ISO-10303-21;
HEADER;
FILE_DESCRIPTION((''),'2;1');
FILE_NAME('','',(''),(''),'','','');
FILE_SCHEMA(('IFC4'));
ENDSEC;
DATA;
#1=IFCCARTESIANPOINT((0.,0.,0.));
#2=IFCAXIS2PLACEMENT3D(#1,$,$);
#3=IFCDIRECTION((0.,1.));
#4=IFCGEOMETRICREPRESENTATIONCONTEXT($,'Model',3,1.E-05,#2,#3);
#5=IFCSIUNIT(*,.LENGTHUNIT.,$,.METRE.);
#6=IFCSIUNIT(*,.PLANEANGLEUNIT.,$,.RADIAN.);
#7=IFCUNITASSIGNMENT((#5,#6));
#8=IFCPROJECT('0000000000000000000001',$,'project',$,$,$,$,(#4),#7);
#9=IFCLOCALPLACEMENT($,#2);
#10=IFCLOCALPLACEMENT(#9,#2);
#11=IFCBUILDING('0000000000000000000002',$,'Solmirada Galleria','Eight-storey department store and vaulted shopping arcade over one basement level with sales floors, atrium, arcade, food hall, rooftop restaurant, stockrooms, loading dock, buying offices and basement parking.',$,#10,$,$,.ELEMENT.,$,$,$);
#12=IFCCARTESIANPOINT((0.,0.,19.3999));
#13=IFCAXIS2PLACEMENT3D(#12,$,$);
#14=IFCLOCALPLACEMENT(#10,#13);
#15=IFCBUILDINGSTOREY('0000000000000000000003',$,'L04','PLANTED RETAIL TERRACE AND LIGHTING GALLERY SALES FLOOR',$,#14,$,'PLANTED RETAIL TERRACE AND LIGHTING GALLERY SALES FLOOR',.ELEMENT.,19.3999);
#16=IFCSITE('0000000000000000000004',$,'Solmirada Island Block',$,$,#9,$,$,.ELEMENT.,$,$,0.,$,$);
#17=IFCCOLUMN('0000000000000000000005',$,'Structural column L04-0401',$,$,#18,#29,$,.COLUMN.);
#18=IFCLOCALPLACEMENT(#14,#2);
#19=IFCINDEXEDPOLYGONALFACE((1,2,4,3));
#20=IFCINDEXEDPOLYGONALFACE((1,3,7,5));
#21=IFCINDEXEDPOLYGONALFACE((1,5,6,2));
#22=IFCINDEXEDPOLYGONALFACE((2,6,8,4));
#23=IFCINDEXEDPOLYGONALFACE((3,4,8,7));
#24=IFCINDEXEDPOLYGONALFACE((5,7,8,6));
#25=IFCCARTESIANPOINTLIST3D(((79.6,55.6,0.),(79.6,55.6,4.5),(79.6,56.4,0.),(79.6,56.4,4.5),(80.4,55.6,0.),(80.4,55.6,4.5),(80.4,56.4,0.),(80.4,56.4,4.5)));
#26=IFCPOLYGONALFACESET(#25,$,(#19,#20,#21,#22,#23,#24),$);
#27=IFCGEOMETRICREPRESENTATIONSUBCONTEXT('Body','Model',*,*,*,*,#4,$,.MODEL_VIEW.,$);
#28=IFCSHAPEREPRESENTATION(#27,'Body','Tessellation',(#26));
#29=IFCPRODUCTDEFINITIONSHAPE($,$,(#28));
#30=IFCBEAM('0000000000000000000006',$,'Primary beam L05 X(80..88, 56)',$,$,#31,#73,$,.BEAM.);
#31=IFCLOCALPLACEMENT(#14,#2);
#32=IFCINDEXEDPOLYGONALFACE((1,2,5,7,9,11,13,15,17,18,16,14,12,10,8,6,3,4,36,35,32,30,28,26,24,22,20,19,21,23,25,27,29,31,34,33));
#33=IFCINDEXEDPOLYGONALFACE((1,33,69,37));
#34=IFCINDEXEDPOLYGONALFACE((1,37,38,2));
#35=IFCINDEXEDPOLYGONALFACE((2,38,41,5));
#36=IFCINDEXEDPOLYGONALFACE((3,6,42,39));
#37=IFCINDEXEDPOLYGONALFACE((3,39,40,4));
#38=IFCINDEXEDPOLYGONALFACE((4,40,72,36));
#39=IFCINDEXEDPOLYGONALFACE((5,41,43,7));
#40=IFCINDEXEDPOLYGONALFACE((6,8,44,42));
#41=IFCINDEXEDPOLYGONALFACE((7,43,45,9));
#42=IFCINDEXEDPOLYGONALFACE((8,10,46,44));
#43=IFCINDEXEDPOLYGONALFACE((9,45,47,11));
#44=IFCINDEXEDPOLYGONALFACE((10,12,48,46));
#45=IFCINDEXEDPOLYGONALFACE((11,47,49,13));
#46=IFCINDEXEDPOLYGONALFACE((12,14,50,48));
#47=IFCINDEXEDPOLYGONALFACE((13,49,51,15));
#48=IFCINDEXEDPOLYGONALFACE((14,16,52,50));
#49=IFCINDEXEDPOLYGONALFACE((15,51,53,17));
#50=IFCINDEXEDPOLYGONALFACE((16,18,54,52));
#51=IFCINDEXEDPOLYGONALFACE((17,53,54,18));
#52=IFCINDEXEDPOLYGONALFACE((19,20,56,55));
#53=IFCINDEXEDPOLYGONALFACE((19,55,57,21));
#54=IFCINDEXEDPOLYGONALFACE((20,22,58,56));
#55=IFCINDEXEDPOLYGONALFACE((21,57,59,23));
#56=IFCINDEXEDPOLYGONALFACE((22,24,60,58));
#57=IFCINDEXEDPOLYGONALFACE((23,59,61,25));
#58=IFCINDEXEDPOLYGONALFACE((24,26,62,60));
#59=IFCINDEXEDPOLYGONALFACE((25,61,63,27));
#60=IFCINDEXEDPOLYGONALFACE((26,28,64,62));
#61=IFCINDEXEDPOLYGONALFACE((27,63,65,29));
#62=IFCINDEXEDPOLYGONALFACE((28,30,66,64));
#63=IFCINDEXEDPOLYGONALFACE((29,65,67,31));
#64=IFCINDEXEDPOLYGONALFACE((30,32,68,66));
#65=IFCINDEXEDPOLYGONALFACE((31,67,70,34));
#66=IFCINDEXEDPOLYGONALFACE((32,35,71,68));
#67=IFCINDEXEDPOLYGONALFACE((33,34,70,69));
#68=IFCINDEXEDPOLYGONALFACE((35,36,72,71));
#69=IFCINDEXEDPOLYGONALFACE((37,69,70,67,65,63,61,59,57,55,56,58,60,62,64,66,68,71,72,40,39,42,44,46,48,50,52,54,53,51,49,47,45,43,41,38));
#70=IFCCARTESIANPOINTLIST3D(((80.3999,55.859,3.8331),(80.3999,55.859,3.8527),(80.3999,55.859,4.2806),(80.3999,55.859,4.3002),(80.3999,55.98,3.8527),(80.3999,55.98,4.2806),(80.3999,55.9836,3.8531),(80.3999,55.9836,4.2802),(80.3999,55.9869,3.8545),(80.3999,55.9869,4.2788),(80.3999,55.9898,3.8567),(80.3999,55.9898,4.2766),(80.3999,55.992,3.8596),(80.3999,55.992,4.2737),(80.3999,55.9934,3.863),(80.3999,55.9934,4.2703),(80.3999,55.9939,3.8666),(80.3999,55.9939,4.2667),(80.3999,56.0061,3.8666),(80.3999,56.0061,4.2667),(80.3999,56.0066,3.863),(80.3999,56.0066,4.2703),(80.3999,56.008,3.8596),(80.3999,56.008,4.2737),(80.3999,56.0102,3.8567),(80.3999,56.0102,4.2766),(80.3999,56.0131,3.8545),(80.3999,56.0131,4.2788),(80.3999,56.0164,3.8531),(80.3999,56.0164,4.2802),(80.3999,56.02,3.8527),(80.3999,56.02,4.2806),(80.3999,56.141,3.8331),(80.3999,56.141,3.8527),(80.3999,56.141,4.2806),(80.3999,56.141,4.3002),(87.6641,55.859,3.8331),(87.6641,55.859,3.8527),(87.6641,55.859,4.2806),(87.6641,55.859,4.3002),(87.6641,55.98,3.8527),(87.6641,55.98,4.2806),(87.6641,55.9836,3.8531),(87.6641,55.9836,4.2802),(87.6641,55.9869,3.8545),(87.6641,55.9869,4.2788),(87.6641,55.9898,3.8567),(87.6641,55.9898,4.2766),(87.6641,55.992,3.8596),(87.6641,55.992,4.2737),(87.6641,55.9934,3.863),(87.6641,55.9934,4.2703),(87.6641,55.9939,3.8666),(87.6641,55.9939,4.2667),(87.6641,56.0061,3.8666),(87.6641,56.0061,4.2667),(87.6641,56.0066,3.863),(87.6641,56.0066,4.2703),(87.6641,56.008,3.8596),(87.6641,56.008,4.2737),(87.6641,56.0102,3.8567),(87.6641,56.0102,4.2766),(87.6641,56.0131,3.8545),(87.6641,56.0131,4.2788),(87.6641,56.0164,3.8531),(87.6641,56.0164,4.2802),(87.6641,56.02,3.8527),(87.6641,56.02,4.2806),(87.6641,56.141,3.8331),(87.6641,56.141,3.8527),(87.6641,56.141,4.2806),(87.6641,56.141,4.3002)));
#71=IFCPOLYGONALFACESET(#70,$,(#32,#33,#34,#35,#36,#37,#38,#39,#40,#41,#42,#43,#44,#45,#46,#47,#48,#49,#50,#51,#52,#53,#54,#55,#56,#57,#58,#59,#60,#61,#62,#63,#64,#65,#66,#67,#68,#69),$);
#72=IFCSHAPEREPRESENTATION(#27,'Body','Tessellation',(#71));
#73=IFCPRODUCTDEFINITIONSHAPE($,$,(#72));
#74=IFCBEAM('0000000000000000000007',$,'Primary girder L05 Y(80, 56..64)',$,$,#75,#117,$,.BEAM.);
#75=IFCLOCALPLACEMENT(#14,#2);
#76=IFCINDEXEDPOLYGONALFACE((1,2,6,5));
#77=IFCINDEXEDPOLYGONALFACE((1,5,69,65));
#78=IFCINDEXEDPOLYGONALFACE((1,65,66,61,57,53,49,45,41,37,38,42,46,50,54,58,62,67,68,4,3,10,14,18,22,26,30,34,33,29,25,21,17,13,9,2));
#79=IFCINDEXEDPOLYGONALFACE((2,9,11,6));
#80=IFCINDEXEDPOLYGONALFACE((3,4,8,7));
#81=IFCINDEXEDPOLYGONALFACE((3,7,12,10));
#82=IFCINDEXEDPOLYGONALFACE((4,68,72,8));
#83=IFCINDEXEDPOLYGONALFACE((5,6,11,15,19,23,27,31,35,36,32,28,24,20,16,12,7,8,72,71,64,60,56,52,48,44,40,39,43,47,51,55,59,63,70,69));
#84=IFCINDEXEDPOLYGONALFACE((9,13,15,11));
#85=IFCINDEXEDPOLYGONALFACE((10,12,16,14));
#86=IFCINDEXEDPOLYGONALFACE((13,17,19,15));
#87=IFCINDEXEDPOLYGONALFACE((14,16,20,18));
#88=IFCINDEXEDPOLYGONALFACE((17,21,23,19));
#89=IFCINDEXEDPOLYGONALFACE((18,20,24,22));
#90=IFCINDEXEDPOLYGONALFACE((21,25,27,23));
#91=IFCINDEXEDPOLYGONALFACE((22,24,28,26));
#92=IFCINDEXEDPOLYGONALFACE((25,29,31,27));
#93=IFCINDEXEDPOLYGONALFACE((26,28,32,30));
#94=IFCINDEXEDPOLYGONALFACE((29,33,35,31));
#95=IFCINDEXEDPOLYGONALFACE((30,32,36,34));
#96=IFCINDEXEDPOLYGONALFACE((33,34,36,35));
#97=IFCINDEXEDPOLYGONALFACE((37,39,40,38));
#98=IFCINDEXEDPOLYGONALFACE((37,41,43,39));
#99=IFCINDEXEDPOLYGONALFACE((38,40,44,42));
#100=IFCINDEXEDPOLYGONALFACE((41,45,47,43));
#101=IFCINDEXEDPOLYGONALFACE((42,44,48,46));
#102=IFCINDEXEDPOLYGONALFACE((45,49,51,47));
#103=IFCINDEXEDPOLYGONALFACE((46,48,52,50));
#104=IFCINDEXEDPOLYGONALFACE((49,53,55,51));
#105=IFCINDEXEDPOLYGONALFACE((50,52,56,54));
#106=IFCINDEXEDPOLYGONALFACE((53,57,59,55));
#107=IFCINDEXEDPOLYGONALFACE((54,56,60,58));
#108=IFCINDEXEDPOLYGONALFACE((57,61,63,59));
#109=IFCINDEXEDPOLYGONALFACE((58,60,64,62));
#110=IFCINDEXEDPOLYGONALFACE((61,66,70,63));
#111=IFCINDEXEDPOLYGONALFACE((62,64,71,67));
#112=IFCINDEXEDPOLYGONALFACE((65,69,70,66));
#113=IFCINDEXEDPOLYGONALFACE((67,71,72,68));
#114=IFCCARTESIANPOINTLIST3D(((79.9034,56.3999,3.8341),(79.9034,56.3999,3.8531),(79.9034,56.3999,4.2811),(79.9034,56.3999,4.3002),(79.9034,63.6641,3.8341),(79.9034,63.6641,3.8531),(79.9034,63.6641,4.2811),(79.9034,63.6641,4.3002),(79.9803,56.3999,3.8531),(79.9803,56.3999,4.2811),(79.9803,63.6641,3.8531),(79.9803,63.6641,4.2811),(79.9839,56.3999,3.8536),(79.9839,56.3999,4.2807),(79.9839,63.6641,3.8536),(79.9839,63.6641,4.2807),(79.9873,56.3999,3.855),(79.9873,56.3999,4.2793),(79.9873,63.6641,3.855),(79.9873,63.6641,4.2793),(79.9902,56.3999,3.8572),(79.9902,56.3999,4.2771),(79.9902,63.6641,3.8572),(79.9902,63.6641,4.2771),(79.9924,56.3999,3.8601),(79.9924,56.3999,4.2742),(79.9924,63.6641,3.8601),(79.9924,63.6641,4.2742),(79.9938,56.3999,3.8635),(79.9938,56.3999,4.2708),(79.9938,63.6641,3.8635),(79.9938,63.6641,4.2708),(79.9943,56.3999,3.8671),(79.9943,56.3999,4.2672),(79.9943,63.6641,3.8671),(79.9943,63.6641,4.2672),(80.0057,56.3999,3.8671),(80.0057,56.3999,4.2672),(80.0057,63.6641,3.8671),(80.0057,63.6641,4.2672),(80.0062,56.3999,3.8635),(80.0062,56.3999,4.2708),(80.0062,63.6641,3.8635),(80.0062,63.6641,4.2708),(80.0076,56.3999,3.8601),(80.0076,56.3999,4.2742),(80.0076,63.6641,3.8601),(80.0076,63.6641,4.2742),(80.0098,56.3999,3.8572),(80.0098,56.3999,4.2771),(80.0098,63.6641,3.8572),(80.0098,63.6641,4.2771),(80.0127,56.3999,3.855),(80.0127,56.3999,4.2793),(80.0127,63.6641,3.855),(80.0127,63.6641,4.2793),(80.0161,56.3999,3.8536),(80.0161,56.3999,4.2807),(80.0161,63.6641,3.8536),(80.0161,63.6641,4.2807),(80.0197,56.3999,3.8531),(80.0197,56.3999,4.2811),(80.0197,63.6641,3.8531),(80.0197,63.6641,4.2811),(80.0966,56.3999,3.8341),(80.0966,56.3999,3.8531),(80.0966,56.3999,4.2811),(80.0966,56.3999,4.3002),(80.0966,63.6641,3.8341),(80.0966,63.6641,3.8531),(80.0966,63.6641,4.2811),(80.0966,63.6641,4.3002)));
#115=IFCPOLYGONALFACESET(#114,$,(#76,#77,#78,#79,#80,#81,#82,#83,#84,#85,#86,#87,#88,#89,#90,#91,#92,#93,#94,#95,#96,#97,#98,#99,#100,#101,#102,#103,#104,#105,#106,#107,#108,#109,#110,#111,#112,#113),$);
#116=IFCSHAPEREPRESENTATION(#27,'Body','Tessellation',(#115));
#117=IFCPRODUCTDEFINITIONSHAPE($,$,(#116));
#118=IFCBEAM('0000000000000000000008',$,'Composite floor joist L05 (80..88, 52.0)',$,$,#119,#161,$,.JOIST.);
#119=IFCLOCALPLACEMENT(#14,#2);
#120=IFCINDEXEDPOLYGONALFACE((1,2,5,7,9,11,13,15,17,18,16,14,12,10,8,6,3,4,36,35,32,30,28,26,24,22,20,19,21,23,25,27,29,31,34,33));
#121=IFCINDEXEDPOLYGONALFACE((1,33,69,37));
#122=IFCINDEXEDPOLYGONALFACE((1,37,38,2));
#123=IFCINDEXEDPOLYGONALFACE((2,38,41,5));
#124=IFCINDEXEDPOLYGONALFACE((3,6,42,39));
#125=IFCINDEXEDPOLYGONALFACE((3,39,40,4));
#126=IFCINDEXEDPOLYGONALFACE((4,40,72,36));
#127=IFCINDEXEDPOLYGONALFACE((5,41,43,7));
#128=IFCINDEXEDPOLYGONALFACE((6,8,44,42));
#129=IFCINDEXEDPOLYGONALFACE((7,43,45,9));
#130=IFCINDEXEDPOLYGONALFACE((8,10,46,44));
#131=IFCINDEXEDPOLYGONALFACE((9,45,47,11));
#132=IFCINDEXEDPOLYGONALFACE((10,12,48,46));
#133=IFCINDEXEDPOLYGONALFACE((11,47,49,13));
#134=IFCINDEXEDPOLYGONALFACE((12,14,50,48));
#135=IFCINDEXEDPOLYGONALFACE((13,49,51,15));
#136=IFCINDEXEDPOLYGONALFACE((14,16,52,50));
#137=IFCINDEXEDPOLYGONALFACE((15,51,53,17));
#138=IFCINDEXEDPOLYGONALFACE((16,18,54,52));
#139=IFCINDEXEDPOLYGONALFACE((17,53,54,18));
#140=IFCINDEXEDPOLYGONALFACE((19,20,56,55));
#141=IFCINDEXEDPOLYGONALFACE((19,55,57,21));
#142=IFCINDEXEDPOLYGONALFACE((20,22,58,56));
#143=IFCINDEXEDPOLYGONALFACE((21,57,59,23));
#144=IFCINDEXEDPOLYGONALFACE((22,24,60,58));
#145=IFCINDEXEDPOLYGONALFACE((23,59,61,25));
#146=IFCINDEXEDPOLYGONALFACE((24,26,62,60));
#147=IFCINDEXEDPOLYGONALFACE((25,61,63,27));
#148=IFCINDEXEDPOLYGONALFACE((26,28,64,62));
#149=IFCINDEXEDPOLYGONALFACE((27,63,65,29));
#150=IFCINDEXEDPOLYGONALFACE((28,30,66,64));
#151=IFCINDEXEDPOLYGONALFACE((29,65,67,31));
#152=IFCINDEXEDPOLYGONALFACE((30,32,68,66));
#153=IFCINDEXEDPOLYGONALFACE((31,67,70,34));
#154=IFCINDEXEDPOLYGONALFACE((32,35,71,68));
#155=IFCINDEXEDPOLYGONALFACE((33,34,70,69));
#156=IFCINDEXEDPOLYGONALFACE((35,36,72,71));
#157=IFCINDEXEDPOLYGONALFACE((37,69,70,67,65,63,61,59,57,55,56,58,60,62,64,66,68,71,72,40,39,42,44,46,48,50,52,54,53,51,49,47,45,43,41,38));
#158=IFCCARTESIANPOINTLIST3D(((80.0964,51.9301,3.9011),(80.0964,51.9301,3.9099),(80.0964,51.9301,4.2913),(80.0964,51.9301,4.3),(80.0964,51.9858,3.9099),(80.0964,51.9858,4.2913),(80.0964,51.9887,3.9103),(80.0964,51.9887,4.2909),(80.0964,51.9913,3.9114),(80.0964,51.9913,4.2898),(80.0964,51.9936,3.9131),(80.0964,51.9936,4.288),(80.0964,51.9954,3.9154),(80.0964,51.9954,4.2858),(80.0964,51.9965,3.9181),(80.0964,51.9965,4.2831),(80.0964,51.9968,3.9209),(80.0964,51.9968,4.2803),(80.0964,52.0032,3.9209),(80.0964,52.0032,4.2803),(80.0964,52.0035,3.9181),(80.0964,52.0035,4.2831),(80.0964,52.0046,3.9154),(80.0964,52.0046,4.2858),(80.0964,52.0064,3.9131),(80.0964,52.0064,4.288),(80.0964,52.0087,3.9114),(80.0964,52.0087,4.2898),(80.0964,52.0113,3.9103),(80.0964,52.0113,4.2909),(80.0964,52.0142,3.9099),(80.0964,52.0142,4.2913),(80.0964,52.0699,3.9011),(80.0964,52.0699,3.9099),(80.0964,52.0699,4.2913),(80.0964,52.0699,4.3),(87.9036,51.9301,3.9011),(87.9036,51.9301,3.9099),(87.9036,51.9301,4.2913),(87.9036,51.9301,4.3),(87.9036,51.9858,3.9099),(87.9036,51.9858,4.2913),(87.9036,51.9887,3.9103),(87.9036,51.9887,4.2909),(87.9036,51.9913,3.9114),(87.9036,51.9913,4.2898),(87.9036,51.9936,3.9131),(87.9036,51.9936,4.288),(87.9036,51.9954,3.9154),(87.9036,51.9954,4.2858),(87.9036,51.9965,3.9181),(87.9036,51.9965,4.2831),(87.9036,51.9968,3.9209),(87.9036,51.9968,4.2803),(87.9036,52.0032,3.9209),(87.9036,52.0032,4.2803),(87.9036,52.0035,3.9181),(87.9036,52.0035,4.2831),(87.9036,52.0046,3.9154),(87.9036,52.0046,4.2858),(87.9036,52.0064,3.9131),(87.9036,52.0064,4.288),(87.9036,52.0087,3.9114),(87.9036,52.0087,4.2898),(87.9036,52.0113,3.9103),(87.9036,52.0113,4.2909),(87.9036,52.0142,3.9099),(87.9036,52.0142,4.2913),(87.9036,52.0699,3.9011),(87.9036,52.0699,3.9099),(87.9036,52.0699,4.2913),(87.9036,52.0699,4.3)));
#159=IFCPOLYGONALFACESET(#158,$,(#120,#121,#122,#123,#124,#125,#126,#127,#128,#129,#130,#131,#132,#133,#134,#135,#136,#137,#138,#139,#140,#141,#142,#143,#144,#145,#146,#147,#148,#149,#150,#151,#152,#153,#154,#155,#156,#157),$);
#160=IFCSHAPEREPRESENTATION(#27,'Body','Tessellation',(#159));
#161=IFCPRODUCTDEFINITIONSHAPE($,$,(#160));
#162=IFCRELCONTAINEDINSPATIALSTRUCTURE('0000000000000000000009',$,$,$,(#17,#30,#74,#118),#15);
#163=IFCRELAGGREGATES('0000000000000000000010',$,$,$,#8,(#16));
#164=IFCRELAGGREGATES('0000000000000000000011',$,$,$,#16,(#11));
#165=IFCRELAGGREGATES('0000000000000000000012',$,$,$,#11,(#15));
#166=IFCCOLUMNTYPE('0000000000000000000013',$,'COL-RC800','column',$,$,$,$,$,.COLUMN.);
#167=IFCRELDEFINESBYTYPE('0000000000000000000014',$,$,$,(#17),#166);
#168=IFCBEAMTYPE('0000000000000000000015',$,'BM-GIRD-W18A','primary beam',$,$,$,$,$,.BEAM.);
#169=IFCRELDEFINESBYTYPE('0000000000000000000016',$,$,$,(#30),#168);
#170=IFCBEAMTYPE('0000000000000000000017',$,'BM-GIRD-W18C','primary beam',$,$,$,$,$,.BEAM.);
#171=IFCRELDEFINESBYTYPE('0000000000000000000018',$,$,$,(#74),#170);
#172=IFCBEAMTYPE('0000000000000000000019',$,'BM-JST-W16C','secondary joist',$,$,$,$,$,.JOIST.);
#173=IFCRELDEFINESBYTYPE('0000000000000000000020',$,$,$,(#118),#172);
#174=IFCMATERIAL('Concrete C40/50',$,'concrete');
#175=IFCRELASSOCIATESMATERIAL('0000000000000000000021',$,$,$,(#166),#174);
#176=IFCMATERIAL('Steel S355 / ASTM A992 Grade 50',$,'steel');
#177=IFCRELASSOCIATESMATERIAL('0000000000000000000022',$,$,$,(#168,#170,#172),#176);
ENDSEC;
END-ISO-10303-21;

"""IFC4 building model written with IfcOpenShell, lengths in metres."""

from ifc_helpers import new_model, si_unit, direction, frame, origin, origin_2d, place, context, subcontext, project, spatial, rectangle, i_section, extrude, material, material_profile, profile_set, type_object, element, save


model = new_model("IFC4")

# Units and contexts
model_context = context("Model", 3, precision=1e-05, world=origin(), true_north=direction((0.0, 1.0)))
body_context = subcontext(model_context, "Body", "Model", "MODEL_VIEW")
ifc_project = project(units=[si_unit("LENGTHUNIT", "METRE"), si_unit("PLANEANGLEUNIT", "RADIAN")], contexts=[model_context])

# Site, building, storey
site_placement = place(None, origin())
site = spatial("IfcSite", under=ifc_project, at=site_placement, Name="Solmirada Island Block", CompositionType="ELEMENT", RefElevation=0.0)
building_placement = place(site_placement, origin())
building = spatial("IfcBuilding", under=site, at=building_placement, Name="Solmirada Galleria", Description="Eight-storey department store and vaulted shopping arcade over one basement level with sales floors, atrium, arcade, food hall, rooftop restaurant, stockrooms, loading dock, buying offices and basement parking.", CompositionType="ELEMENT")
storey_placement = place(building_placement, frame((0.0, 0.0, 19.3999)))
storey = spatial("IfcBuildingStorey", under=building, at=storey_placement, Name="L04", Description="PLANTED RETAIL TERRACE AND LIGHTING GALLERY SALES FLOOR", LongName="PLANTED RETAIL TERRACE AND LIGHTING GALLERY SALES FLOOR", CompositionType="ELEMENT", Elevation=19.3999)

# Column
ifc_material_1 = material(Name="Concrete C40/50", Category="concrete")
ifc_material_profile_1 = material_profile(ifc_material_1, rectangle(XDim=0.8, YDim=0.8, at=origin_2d()), Name="RC800X800")
ifc_profile_set_1 = profile_set([ifc_material_profile_1], Name="Concrete C40/50")
column_type = type_object("IfcColumnType", Name="COL-RC800", Description="column", PredefinedType="COLUMN", material=ifc_profile_set_1)
column_placement = place(storey_placement, frame((80.0, 56.0, 0.0), z_axis=(0.0, 0.0, 1.0), x_axis=(1.0, 0.0, 0.0)))
element("IfcColumn", 1, at=column_placement, inside=storey, type_object=column_type, Name="Structural column L04-0401", PredefinedType="COLUMN", context=body_context, shape_type="SweptSolid", body=[
    extrude(rectangle(XDim=0.8, YDim=0.8, at=origin_2d()), origin(), (0.0, 0.0, 1.0), 4.5),
])

# Beams
ifc_material_2 = material(Name="Steel S355 / ASTM A992 Grade 50", Category="steel")
ifc_material_profile_2 = material_profile(ifc_material_2, i_section(OverallWidth=0.282, OverallDepth=0.467, WebThickness=0.0122, FlangeThickness=0.0195, FilletRadius=0.0139, at=origin_2d()), Name="W18X86")
ifc_profile_set_2 = profile_set([ifc_material_profile_2], Name="Steel S355 / ASTM A992 Grade 50")
beam_type_1 = type_object("IfcBeamType", Name="BM-GIRD-W18A", Description="primary beam", PredefinedType="BEAM", material=ifc_profile_set_2)
beam_1_placement = place(storey_placement, frame((80.3999, 56.0, 4.0667), z_axis=(1.0, 0.0, 0.0), x_axis=(0.0, 1.0, 0.0)))
element("IfcBeam", 2, at=beam_1_placement, inside=storey, type_object=beam_type_1, Name="Primary beam L05 X(80..88, 56)", PredefinedType="BEAM", context=body_context, shape_type="SweptSolid", body=[
    extrude(i_section(OverallWidth=0.282, OverallDepth=0.467, WebThickness=0.0122, FlangeThickness=0.0195, FilletRadius=0.0139, at=origin_2d()), origin(), (0.0, 0.0, 1.0), 7.2642),
])
ifc_material_profile_3 = material_profile(ifc_material_2, i_section(OverallWidth=0.1931, OverallDepth=0.4661, WebThickness=0.0115, FlangeThickness=0.019, FilletRadius=0.0139, at=origin_2d()), Name="W18X65")
ifc_profile_set_3 = profile_set([ifc_material_profile_3], Name="Steel S355 / ASTM A992 Grade 50")
beam_type_2 = type_object("IfcBeamType", Name="BM-GIRD-W18C", Description="primary beam", PredefinedType="BEAM", material=ifc_profile_set_3)
beam_2_placement = place(storey_placement, frame((80.0, 56.3999, 4.0671), z_axis=(0.0, 1.0, 0.0), x_axis=(-1.0, 0.0, 0.0)))
element("IfcBeam", 3, at=beam_2_placement, inside=storey, type_object=beam_type_2, Name="Primary girder L05 Y(80, 56..64)", PredefinedType="BEAM", context=body_context, shape_type="SweptSolid", body=[
    extrude(i_section(OverallWidth=0.1931, OverallDepth=0.4661, WebThickness=0.0115, FlangeThickness=0.019, FilletRadius=0.0139, at=origin_2d()), origin(), (0.0, 0.0, 1.0), 7.2642),
])
ifc_material_profile_4 = material_profile(ifc_material_2, i_section(OverallWidth=0.1399, OverallDepth=0.3989, WebThickness=0.0063, FlangeThickness=0.0088, FilletRadius=0.011, at=origin_2d()), Name="W16X26")
ifc_profile_set_4 = profile_set([ifc_material_profile_4], Name="Steel S355 / ASTM A992 Grade 50")
beam_type_3 = type_object("IfcBeamType", Name="BM-JST-W16C", Description="secondary joist", PredefinedType="JOIST", material=ifc_profile_set_4)
beam_3_placement = place(storey_placement, frame((80.0964, 52.0, 4.1006), z_axis=(1.0, 0.0, 0.0), x_axis=(0.0, 1.0, 0.0)))
element("IfcBeam", 4, at=beam_3_placement, inside=storey, type_object=beam_type_3, Name="Composite floor joist L05 (80..88, 52.0)", PredefinedType="JOIST", context=body_context, shape_type="SweptSolid", body=[
    extrude(i_section(OverallWidth=0.1399, OverallDepth=0.3989, WebThickness=0.0063, FlangeThickness=0.0088, FilletRadius=0.011, at=origin_2d()), origin(), (0.0, 0.0, 1.0), 7.8071),
])

save(model, "model.ifc")
